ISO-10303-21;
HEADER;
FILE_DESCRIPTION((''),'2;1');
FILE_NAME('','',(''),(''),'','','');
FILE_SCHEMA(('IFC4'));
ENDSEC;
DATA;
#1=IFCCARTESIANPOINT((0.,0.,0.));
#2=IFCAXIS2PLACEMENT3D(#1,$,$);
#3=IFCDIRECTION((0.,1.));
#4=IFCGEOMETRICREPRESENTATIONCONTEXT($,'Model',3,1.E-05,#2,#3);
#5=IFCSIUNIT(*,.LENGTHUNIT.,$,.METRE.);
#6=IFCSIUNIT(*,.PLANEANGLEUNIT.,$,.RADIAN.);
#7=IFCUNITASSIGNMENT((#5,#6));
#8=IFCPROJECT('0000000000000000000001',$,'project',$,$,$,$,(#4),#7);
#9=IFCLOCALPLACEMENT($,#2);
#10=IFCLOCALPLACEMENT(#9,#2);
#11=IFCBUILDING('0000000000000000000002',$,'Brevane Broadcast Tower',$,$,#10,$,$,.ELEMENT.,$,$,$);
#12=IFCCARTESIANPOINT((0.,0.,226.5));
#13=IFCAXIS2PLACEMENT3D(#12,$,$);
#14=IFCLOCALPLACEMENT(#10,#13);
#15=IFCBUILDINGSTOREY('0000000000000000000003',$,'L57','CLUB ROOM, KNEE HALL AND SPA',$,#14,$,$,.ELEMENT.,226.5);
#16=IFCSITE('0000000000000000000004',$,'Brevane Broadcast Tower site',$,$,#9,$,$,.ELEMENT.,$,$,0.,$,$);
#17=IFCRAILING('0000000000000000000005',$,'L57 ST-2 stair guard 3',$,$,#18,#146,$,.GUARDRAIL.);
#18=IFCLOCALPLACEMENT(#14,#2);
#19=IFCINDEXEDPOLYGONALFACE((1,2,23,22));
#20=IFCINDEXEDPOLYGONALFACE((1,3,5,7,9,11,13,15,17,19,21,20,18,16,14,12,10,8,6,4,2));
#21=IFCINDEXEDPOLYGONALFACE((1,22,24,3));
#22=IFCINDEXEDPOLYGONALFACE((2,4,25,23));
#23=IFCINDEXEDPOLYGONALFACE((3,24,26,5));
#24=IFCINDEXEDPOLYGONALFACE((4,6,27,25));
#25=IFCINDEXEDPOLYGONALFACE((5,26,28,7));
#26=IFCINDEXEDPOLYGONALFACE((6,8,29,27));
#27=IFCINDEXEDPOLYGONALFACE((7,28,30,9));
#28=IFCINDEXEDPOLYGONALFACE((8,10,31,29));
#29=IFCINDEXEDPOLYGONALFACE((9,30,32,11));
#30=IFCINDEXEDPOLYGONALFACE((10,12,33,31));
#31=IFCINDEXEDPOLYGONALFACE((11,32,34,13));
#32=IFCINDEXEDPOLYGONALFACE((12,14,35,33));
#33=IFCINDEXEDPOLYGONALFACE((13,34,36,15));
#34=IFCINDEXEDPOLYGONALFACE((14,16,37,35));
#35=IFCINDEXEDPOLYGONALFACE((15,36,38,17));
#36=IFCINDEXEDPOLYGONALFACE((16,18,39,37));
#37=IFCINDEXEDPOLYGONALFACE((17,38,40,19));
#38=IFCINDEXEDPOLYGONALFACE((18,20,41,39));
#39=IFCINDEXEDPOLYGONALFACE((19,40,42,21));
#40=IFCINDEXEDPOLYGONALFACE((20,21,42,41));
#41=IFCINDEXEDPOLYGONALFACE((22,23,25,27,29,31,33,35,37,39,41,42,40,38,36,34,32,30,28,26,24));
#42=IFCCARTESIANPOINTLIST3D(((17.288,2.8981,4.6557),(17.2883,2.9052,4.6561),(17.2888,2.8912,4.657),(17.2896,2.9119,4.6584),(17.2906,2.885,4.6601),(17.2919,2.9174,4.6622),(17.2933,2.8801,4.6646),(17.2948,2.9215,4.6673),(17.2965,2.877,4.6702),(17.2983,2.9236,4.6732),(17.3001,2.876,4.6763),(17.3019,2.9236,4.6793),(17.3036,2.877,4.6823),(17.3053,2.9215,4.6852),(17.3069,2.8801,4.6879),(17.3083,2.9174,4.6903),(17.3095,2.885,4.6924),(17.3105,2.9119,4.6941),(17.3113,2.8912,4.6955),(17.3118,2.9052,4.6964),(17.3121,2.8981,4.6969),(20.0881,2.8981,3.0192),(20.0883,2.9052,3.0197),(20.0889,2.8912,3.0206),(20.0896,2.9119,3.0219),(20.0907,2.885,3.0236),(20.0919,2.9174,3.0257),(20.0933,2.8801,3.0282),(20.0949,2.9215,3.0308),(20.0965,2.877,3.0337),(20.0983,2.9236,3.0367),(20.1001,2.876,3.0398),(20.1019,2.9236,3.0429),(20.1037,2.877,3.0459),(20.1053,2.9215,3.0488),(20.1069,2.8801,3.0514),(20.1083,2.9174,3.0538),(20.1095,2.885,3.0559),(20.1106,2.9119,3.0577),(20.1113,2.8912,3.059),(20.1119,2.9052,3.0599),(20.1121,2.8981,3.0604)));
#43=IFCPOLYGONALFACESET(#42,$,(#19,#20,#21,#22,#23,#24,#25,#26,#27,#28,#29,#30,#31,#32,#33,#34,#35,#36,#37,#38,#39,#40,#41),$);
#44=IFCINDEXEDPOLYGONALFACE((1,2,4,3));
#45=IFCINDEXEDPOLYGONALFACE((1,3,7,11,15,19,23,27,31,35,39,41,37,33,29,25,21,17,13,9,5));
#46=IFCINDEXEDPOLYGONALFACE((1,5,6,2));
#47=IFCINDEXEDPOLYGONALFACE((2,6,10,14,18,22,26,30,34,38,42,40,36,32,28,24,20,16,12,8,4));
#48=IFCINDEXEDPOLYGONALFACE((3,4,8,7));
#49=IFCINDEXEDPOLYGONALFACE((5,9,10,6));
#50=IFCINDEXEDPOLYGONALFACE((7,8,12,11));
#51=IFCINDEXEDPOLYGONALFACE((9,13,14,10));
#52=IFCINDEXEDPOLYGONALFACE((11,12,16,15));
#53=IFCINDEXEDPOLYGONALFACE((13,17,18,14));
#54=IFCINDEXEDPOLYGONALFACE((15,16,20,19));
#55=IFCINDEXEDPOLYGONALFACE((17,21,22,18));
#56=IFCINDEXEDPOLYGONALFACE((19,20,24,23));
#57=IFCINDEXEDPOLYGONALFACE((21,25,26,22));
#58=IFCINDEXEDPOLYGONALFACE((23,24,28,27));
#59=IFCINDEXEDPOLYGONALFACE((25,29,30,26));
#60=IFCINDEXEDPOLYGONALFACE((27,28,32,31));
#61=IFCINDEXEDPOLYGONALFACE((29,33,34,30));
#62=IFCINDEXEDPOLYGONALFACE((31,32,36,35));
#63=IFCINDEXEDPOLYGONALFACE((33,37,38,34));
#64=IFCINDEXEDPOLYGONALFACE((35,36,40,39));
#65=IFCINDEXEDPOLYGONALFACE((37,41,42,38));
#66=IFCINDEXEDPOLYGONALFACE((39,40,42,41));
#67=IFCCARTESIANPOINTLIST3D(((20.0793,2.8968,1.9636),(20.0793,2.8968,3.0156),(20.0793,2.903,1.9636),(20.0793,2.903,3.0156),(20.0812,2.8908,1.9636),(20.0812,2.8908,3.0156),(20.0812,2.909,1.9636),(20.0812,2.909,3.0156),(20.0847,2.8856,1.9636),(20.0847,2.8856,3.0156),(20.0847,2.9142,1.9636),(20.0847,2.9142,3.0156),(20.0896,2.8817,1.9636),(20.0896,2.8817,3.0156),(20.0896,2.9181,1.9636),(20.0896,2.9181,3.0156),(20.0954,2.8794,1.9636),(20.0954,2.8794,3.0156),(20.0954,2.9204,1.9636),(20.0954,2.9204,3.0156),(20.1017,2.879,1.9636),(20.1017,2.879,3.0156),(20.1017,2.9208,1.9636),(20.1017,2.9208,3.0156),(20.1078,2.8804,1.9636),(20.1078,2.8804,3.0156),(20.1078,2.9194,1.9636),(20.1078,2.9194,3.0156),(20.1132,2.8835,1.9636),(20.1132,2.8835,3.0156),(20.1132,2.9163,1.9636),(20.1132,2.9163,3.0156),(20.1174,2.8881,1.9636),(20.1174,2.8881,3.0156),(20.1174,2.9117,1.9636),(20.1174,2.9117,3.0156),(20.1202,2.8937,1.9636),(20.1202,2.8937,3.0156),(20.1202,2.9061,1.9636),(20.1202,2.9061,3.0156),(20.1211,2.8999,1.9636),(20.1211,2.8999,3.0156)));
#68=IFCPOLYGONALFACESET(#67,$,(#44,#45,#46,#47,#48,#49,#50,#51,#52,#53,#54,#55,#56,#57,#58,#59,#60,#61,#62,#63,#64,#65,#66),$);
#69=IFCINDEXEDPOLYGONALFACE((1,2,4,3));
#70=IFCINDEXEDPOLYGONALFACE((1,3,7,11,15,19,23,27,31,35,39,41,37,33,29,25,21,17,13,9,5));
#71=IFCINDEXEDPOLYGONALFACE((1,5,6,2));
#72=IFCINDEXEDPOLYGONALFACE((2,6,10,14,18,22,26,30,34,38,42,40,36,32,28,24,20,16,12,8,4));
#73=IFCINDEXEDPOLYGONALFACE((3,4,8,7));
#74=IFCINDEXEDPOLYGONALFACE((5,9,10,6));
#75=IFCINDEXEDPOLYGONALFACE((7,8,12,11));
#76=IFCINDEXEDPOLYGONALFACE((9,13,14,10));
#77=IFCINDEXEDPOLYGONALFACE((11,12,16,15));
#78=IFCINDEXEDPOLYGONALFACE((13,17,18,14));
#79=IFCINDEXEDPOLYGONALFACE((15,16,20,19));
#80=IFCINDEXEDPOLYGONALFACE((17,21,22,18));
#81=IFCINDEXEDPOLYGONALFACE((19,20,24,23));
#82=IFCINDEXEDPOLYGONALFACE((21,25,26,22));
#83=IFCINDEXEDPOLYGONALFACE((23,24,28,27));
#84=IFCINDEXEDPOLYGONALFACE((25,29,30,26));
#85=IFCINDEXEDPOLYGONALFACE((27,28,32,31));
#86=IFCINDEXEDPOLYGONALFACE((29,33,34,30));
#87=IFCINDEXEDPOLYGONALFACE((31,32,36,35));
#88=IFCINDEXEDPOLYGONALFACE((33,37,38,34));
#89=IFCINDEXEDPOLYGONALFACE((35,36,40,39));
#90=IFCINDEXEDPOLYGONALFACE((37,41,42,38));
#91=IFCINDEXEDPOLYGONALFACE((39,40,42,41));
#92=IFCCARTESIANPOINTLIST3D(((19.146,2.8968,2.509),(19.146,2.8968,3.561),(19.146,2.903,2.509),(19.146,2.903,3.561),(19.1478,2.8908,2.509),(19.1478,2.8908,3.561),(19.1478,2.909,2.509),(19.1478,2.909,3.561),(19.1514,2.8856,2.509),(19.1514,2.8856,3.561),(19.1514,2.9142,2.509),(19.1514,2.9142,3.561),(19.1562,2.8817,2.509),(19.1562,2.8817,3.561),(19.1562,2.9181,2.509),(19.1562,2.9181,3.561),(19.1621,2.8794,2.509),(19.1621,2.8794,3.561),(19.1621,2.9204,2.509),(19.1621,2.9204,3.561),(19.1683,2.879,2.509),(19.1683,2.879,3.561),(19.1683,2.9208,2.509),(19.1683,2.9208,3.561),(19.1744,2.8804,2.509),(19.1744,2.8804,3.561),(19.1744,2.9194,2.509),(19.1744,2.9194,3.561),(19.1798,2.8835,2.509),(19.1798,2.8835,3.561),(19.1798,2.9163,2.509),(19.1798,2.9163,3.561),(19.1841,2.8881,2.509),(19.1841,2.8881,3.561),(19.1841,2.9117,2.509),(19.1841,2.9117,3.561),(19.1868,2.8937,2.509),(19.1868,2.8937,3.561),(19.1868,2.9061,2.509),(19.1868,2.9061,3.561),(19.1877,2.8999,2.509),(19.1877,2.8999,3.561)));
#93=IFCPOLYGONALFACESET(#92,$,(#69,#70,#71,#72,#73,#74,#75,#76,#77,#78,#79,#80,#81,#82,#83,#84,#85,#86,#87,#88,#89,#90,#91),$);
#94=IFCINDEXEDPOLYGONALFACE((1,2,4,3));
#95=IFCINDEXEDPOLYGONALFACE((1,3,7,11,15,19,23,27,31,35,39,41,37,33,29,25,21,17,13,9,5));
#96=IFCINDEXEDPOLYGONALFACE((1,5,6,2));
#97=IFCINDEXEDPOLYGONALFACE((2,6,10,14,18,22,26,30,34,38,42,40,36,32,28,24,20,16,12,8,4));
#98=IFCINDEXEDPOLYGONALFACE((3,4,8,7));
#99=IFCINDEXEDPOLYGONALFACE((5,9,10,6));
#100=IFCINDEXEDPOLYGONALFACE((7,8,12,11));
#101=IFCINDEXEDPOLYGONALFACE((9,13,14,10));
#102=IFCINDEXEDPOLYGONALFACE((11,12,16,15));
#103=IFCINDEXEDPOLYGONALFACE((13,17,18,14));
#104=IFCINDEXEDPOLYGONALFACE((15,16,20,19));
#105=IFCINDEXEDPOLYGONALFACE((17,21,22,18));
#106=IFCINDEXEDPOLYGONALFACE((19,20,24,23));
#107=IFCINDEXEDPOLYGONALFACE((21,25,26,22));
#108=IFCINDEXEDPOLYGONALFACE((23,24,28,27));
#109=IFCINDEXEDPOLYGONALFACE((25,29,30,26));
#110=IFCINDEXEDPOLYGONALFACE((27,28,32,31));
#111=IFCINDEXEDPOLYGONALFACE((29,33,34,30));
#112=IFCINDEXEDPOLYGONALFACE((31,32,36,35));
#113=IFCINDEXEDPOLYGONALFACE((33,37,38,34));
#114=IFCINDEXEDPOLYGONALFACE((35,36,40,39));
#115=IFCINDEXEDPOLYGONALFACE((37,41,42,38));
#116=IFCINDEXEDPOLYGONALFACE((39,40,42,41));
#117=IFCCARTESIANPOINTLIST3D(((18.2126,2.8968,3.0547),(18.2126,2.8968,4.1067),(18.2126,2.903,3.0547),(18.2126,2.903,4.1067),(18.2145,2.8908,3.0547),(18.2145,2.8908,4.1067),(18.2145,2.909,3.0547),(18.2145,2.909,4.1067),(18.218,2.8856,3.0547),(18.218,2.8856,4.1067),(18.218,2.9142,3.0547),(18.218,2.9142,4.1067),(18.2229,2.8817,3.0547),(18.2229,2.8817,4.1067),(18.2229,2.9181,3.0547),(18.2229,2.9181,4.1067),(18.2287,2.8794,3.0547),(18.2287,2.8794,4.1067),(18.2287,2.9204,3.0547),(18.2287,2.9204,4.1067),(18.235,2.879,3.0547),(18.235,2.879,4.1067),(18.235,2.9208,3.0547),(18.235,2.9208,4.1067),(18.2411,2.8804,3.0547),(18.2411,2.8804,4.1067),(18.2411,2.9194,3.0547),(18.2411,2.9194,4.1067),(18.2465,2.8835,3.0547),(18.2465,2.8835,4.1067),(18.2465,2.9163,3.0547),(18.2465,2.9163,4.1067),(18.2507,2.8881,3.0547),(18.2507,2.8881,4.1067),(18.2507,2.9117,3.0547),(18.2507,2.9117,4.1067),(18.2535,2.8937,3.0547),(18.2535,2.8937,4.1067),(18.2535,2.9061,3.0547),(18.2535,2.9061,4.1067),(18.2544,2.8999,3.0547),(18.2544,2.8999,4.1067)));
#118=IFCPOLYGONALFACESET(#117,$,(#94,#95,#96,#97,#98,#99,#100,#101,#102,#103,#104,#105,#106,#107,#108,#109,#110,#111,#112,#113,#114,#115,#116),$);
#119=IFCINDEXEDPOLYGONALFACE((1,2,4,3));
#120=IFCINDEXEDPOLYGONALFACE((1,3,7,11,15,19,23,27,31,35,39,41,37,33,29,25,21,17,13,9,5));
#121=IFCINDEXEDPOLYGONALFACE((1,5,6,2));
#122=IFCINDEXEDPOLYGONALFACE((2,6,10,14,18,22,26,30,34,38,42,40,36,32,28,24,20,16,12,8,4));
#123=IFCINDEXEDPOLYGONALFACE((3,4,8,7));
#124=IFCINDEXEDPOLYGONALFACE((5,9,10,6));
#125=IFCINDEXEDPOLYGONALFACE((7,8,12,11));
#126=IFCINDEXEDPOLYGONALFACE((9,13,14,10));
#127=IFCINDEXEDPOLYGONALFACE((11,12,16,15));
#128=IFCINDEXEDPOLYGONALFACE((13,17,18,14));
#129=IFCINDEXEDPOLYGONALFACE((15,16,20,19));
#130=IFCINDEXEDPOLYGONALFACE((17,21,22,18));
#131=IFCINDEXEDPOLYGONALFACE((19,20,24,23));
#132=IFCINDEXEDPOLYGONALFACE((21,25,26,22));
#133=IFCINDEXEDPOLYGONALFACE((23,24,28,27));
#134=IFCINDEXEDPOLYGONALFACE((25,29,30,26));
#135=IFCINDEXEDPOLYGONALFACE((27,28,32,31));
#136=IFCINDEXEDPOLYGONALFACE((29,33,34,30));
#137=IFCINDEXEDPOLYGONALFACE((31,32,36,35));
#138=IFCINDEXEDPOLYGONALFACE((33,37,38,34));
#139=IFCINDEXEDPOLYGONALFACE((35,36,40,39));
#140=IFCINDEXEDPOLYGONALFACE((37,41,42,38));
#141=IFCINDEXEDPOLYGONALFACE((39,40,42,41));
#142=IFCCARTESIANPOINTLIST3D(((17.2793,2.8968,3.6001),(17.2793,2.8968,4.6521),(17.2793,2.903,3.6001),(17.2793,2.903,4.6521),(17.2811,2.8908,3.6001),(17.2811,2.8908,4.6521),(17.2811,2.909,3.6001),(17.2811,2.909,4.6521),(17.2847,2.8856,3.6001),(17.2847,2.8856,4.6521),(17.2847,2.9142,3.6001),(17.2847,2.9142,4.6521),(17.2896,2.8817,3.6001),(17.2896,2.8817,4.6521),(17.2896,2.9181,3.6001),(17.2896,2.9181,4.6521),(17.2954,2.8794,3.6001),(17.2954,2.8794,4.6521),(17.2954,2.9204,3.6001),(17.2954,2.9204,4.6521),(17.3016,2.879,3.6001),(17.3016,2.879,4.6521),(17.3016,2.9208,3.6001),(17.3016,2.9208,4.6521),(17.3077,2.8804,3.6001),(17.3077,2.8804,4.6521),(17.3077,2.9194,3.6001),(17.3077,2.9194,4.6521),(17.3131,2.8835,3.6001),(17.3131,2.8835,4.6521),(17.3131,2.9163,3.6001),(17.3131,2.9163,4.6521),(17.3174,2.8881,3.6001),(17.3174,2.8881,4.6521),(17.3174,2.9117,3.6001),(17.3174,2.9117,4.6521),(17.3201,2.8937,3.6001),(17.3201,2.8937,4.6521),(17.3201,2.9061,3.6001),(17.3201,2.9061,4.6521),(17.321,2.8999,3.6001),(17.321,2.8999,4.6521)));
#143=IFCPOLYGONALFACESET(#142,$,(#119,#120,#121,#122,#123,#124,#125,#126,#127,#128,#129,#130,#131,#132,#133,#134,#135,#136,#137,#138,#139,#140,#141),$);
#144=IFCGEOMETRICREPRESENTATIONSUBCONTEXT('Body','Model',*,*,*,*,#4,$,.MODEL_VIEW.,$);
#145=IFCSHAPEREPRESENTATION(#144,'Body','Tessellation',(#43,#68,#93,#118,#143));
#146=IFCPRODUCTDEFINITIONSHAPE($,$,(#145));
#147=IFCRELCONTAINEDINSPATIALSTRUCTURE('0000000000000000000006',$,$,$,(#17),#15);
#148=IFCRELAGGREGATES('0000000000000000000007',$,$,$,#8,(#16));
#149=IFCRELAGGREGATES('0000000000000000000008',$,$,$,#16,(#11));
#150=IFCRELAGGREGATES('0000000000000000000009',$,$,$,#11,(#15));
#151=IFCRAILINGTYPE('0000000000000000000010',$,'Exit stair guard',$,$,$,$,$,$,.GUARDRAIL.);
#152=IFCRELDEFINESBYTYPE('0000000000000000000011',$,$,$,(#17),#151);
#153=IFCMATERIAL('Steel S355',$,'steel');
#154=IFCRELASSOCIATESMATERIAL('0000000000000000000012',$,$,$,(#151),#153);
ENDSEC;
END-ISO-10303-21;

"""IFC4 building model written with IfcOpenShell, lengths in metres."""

from ifc_helpers import new_model, si_unit, direction, frame, origin, origin_2d, place, context, subcontext, project, spatial, circle, extrude, material, type_object, element, save


model = new_model("IFC4")

# Units and contexts
model_context = context("Model", 3, precision=1e-05, world=origin(), true_north=direction((0.0, 1.0)))
body_context = subcontext(model_context, "Body", "Model", "MODEL_VIEW")
ifc_project = project(units=[si_unit("LENGTHUNIT", "METRE"), si_unit("PLANEANGLEUNIT", "RADIAN")], contexts=[model_context])

# Site, building, storey
site_placement = place(None, origin())
site = spatial("IfcSite", under=ifc_project, at=site_placement, Name="Brevane Broadcast Tower site", CompositionType="ELEMENT", RefElevation=0.0)
building_placement = place(site_placement, origin())
building = spatial("IfcBuilding", under=site, at=building_placement, Name="Brevane Broadcast Tower", CompositionType="ELEMENT")
storey_placement = place(building_placement, frame((0.0, 0.0, 226.5)))
storey = spatial("IfcBuildingStorey", under=building, at=storey_placement, Name="L57", Description="CLUB ROOM, KNEE HALL AND SPA", CompositionType="ELEMENT", Elevation=226.5)

# Railing
ifc_material_1 = material(Name="Steel S355", Category="steel")
railing_type_1 = type_object("IfcRailingType", Name="Exit stair guard", PredefinedType="GUARDRAIL", material=ifc_material_1)
railing_1_placement = place(storey_placement, frame((20.1001, 2.8999, 1.9636)))
element("IfcRailing", 1, at=railing_1_placement, inside=storey, type_object=railing_type_1, Name="L57 ST-2 stair guard 3", PredefinedType="GUARDRAIL", context=body_context, shape_type="SweptSolid", body=[
    extrude(circle(Radius=0.0239, at=origin_2d()), frame((0.0, 0.0, 1.0762), z_axis=(-0.863361, 0.0, 0.504587), x_axis=(0.0, -1.0, 0.0)), (0.0, 0.0, 1.0), 3.2432),
    extrude(circle(Radius=0.021, at=origin_2d()), origin(), (0.0, 0.0, 1.0), 1.052),
    extrude(circle(Radius=0.021, at=origin_2d()), frame((-0.9333, 0.0, 0.5454)), (0.0, 0.0, 1.0), 1.052),
    extrude(circle(Radius=0.021, at=origin_2d()), frame((-1.8667, 0.0, 1.0911)), (0.0, 0.0, 1.0), 1.052),
    extrude(circle(Radius=0.021, at=origin_2d()), frame((-2.8, 0.0, 1.6365)), (0.0, 0.0, 1.0), 1.052),
])

save(model, "model.ifc")
